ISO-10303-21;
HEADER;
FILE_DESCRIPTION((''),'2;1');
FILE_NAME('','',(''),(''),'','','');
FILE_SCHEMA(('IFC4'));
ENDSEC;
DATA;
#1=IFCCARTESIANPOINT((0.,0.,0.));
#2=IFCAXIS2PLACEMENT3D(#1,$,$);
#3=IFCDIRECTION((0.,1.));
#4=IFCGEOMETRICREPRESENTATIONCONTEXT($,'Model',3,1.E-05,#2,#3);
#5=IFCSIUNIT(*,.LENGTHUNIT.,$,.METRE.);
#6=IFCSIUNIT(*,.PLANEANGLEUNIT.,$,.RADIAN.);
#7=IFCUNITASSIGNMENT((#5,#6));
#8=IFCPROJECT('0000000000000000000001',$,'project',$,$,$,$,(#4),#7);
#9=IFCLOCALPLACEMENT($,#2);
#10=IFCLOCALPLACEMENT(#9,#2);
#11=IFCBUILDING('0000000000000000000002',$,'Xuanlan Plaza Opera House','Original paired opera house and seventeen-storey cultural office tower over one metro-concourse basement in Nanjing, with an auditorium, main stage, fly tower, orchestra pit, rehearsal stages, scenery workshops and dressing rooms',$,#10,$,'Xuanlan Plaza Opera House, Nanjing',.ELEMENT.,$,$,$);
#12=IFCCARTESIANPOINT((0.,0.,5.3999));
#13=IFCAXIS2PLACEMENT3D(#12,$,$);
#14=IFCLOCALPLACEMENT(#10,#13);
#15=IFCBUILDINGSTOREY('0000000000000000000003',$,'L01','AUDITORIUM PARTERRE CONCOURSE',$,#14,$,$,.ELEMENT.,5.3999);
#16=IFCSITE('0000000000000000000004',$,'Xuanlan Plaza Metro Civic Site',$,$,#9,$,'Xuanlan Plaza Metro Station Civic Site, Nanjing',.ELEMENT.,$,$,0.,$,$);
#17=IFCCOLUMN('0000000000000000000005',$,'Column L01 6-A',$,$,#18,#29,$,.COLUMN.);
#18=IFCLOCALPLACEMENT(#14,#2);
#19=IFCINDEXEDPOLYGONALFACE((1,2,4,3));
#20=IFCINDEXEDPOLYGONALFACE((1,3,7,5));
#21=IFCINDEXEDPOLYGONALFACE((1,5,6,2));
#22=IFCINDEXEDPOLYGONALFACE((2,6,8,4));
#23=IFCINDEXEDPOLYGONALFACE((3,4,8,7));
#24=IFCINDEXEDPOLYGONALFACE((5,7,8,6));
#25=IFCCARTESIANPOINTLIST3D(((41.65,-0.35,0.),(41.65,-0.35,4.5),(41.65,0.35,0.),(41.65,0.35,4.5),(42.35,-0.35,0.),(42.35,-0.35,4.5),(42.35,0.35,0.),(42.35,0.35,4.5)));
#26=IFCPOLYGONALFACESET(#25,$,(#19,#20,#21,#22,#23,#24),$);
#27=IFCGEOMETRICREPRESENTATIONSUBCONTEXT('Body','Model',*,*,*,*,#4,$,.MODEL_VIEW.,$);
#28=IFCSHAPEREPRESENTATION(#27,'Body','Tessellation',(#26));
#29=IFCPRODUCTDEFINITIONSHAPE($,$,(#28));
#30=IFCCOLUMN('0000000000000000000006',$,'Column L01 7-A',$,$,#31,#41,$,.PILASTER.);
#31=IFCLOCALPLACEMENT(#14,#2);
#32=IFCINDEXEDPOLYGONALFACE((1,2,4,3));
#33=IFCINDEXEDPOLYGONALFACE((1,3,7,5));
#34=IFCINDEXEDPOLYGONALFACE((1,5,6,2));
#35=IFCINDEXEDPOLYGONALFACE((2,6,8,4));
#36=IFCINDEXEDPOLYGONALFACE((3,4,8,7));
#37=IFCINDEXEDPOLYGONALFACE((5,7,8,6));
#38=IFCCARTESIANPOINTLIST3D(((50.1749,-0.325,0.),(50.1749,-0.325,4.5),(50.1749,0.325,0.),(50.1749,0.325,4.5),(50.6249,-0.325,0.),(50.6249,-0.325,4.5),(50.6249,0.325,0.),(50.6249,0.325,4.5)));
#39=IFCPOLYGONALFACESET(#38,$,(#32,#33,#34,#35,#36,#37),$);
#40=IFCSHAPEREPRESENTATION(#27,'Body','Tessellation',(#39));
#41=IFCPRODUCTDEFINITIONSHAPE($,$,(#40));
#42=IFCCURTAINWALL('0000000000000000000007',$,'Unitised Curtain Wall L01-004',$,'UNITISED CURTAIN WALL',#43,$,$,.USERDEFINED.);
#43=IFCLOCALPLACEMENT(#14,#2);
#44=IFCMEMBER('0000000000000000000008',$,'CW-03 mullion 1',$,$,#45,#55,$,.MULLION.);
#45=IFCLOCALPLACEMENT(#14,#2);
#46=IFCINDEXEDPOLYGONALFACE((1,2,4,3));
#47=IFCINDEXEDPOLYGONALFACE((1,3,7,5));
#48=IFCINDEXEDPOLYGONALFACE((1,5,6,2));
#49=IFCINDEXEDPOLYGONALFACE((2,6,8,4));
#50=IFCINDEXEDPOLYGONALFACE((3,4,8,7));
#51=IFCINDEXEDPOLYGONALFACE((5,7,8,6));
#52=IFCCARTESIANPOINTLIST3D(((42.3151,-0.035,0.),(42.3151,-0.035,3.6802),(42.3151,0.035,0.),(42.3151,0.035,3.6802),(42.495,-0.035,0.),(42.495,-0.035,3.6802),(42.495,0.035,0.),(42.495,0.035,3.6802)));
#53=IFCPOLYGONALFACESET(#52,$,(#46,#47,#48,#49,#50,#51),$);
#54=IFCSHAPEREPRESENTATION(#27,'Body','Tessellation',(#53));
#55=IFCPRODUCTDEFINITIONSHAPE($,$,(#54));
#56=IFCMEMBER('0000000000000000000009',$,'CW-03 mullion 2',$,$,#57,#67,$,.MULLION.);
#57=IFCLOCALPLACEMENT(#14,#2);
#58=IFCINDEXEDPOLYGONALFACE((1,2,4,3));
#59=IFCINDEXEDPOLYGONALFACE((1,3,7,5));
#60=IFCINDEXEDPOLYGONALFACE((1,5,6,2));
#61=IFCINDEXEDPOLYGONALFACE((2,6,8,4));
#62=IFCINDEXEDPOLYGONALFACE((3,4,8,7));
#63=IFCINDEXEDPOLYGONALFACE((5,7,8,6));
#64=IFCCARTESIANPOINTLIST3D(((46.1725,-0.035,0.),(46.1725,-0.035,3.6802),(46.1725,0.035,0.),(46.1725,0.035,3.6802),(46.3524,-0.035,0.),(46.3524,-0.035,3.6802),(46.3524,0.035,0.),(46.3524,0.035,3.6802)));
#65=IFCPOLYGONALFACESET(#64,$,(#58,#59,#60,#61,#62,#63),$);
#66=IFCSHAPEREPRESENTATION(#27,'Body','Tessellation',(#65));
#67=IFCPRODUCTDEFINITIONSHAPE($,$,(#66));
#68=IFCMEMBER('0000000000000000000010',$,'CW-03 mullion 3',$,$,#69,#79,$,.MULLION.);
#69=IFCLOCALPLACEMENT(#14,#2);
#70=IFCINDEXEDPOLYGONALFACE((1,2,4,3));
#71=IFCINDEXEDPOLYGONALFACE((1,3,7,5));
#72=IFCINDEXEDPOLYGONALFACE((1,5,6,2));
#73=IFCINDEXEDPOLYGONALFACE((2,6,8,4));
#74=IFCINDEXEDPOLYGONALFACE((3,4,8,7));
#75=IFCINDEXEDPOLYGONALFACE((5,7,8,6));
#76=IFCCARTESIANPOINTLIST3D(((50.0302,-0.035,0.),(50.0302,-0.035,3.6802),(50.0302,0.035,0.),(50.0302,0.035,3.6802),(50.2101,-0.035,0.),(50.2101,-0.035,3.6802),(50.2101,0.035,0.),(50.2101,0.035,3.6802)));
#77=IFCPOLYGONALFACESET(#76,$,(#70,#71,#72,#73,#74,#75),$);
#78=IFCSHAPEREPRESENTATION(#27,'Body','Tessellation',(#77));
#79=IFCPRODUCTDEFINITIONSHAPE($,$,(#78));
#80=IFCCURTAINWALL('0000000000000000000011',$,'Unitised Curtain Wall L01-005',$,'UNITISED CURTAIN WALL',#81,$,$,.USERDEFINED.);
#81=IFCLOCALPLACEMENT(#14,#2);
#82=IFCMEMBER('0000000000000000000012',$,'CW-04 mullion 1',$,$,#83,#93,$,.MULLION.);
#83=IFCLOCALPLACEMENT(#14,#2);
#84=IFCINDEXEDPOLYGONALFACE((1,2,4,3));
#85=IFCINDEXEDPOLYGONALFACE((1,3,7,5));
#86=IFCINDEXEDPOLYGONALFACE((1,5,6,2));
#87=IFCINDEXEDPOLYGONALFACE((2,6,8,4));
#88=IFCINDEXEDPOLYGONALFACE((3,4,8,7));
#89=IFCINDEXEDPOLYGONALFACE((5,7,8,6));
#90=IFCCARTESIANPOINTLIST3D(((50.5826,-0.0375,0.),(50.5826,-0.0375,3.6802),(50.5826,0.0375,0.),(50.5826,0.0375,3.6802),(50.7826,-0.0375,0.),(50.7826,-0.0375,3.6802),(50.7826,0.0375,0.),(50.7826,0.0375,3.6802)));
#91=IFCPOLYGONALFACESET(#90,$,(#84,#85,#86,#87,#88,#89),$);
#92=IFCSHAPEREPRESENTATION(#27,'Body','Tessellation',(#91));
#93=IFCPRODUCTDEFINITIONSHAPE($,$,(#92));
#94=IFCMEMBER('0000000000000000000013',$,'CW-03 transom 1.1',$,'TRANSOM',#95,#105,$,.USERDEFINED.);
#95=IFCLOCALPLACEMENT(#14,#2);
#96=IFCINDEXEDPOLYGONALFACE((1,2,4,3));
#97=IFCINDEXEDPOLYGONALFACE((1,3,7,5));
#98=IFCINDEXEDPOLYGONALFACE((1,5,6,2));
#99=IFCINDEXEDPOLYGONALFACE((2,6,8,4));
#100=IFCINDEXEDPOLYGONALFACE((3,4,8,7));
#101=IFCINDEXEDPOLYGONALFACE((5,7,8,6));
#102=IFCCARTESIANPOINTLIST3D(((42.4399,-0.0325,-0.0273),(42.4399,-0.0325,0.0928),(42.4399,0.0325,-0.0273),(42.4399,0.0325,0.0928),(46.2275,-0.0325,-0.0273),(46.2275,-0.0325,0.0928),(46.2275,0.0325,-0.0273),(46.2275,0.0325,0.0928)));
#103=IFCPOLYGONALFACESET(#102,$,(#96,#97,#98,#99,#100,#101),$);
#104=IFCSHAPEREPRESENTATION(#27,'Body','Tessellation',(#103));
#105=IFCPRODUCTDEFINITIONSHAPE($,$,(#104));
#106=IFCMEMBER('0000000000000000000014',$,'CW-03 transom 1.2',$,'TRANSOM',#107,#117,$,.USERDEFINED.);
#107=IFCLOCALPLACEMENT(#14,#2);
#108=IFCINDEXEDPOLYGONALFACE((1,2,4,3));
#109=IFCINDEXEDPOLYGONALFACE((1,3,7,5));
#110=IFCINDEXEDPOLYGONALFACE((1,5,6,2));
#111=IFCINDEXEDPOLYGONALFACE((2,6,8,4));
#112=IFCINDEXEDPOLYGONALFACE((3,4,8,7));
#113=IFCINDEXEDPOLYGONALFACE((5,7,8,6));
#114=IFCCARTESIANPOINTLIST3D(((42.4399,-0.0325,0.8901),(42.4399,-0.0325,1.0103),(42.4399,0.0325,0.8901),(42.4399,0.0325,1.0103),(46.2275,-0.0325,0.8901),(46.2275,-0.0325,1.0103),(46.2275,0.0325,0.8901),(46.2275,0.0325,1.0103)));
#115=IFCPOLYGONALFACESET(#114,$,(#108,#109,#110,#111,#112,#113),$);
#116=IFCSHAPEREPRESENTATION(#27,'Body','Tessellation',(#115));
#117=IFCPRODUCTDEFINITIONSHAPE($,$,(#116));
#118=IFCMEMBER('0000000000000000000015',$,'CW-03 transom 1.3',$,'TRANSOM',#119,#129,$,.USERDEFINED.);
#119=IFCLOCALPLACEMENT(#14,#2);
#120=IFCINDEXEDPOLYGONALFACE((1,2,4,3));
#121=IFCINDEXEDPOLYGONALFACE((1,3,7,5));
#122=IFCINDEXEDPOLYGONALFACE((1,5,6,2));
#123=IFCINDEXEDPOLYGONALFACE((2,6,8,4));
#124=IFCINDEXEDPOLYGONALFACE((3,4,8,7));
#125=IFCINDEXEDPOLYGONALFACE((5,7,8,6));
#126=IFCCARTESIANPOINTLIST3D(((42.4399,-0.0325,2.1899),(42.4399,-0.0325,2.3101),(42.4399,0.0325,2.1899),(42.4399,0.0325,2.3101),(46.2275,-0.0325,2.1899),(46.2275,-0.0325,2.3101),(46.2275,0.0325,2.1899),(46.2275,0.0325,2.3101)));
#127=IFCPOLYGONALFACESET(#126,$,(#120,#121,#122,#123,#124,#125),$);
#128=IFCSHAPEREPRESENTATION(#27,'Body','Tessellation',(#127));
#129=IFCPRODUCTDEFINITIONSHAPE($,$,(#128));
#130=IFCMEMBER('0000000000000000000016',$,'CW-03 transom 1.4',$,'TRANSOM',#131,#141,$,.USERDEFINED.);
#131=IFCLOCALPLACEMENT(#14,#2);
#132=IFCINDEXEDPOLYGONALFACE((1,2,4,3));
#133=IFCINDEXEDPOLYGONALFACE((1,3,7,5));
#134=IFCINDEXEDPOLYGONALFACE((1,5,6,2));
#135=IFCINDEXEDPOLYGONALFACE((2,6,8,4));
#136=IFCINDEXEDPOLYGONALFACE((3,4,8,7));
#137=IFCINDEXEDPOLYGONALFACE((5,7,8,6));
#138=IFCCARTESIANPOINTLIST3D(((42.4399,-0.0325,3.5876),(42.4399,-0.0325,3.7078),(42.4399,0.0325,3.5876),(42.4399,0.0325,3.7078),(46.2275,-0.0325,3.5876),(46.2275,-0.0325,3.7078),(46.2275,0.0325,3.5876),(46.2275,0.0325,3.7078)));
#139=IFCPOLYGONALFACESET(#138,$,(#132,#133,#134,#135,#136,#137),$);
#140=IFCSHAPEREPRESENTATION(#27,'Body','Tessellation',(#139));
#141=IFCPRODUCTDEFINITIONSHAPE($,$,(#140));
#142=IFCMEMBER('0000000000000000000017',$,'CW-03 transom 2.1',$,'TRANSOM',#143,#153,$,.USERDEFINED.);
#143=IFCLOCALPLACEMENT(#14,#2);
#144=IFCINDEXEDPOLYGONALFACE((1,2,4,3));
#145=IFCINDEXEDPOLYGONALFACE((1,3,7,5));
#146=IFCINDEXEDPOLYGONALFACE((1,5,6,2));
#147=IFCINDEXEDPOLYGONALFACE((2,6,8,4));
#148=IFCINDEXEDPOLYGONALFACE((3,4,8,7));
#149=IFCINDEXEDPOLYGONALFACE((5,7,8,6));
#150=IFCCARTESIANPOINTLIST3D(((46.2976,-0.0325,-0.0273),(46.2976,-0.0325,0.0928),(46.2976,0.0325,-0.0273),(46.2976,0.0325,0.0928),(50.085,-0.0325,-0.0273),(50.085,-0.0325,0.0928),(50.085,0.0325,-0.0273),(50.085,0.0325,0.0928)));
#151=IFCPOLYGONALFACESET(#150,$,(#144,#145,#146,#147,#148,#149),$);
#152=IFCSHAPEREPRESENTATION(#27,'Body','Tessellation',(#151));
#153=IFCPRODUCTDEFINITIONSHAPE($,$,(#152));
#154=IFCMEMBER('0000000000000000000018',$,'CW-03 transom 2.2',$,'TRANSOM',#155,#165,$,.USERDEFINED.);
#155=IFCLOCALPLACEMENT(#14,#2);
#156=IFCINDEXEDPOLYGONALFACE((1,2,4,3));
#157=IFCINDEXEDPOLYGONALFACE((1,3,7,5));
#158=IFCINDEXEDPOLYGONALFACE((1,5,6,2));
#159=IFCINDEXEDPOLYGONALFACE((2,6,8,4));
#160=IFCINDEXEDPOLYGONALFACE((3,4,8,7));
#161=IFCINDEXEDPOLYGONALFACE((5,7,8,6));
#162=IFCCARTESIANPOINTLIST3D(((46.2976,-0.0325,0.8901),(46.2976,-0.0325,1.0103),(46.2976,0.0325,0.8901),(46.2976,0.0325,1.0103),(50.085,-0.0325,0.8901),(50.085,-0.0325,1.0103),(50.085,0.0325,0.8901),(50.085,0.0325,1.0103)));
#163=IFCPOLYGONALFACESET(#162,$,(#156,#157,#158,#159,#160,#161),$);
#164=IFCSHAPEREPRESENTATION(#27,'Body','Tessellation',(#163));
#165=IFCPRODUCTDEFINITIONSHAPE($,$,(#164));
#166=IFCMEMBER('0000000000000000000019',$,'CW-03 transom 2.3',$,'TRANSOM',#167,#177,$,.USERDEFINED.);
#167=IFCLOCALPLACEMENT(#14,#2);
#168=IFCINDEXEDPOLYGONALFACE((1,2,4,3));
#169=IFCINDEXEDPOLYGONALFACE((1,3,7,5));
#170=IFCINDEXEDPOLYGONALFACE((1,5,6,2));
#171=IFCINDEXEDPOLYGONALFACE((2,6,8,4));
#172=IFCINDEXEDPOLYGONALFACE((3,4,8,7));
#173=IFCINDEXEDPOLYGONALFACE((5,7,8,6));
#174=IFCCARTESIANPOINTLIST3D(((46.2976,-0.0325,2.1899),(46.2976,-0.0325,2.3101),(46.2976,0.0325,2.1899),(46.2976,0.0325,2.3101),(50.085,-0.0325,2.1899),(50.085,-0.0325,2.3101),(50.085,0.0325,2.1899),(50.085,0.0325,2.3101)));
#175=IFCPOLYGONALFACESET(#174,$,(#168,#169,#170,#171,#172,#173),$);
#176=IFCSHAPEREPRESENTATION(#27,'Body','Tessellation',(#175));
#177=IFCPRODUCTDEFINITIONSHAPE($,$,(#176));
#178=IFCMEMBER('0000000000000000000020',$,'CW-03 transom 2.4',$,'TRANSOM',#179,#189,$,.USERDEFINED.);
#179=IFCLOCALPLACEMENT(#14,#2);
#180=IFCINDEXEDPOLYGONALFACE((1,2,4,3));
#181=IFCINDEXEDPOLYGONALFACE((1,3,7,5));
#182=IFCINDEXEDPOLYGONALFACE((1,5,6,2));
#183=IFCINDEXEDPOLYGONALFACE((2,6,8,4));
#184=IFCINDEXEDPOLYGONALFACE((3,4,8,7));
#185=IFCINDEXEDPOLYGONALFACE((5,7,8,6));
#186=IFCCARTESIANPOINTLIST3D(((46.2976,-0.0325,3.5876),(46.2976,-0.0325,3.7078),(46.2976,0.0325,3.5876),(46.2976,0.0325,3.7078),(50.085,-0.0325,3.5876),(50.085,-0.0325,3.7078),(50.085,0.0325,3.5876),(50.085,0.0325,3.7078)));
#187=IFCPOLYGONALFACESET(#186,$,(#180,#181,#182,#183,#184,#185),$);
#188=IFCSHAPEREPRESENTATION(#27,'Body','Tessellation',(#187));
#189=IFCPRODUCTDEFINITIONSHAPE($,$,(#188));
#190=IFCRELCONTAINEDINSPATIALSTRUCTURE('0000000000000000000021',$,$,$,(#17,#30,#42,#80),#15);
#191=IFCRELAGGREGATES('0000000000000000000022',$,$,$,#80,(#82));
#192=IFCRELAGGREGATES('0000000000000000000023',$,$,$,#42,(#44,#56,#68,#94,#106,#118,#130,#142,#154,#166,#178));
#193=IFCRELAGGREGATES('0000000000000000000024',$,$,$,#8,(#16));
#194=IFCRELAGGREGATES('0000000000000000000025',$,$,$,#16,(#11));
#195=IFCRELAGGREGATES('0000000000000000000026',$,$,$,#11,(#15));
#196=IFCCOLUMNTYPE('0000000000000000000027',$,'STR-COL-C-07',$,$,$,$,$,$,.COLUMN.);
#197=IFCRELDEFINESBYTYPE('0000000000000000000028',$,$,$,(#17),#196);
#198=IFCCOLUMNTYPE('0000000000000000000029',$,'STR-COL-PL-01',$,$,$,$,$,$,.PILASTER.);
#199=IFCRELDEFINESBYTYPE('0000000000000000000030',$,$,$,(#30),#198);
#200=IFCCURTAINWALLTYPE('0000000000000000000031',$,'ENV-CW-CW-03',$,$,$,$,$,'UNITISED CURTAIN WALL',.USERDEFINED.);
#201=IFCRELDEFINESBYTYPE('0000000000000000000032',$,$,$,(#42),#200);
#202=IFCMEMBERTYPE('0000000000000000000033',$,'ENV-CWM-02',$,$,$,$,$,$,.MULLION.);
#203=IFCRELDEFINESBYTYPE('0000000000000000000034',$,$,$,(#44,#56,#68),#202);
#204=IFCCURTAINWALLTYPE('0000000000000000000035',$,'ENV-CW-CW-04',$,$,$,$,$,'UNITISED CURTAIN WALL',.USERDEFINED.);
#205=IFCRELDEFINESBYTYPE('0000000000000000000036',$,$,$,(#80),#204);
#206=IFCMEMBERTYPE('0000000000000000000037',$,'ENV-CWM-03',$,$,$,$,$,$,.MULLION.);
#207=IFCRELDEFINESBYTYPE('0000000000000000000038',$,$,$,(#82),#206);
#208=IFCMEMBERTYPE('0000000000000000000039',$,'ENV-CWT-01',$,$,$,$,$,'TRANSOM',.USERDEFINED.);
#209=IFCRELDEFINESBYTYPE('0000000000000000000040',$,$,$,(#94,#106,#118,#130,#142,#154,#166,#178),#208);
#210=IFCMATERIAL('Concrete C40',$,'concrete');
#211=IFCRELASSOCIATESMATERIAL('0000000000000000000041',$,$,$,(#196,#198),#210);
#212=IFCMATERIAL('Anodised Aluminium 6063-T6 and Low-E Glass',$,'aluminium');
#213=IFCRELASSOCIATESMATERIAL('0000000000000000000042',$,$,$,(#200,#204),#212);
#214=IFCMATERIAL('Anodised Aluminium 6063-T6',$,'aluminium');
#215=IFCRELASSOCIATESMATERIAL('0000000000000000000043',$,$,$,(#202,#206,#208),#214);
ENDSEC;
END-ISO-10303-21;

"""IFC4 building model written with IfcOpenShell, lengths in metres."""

from ifc_helpers import new_model, si_unit, direction, frame, origin, origin_2d, place, context, subcontext, project, spatial, rectangle, extrude, material, material_profile, profile_set, type_object, element, aggregate, save


model = new_model("IFC4")

# Units and contexts
model_context = context("Model", 3, precision=1e-05, world=origin(), true_north=direction((0.0, 1.0)))
body_context = subcontext(model_context, "Body", "Model", "MODEL_VIEW")
ifc_project = project(units=[si_unit("LENGTHUNIT", "METRE"), si_unit("PLANEANGLEUNIT", "RADIAN")], contexts=[model_context])

# Site, building, storey
site_placement = place(None, origin())
site = spatial("IfcSite", under=ifc_project, at=site_placement, Name="Xuanlan Plaza Metro Civic Site", LongName="Xuanlan Plaza Metro Station Civic Site, Nanjing", CompositionType="ELEMENT", RefElevation=0.0)
building_placement = place(site_placement, origin())
building = spatial("IfcBuilding", under=site, at=building_placement, Name="Xuanlan Plaza Opera House", Description="Original paired opera house and seventeen-storey cultural office tower over one metro-concourse basement in Nanjing, with an auditorium, main stage, fly tower, orchestra pit, rehearsal stages, scenery workshops and dressing rooms", LongName="Xuanlan Plaza Opera House, Nanjing", CompositionType="ELEMENT")
storey_placement = place(building_placement, frame((0.0, 0.0, 5.3999)))
storey = spatial("IfcBuildingStorey", under=building, at=storey_placement, Name="L01", Description="AUDITORIUM PARTERRE CONCOURSE", CompositionType="ELEMENT", Elevation=5.3999)

# Columns
ifc_material_1 = material(Name="Concrete C40", Category="concrete")
ifc_material_profile_1 = material_profile(ifc_material_1, rectangle(XDim=0.7, YDim=0.7, at=origin_2d()), Name="RC-COL 700x700")
ifc_profile_set_1 = profile_set([ifc_material_profile_1], Name="Concrete C40")
column_type_1 = type_object("IfcColumnType", Name="STR-COL-C-07", PredefinedType="COLUMN", material=ifc_profile_set_1)
column_1_placement = place(storey_placement, frame((42.0, 0.0, 0.0), z_axis=(0.0, 0.0, 1.0), x_axis=(1.0, 0.0, 0.0)))
element("IfcColumn", 1, at=column_1_placement, inside=storey, type_object=column_type_1, Name="Column L01 6-A", PredefinedType="COLUMN", context=body_context, shape_type="SweptSolid", body=[
    extrude(rectangle(XDim=0.7, YDim=0.7, at=origin_2d()), origin(), (0.0, 0.0, 1.0), 4.5),
])
ifc_material_profile_2 = material_profile(ifc_material_1, rectangle(XDim=0.45, YDim=0.6499, at=origin_2d()), Name="RC-PIL 450x650")
ifc_profile_set_2 = profile_set([ifc_material_profile_2], Name="Concrete C40")
column_type_2 = type_object("IfcColumnType", Name="STR-COL-PL-01", PredefinedType="PILASTER", material=ifc_profile_set_2)
column_2_placement = place(storey_placement, frame((50.3999, 0.0, 0.0), z_axis=(0.0, 0.0, 1.0), x_axis=(1.0, 0.0, 0.0)))
element("IfcColumn", 2, at=column_2_placement, inside=storey, type_object=column_type_2, Name="Column L01 7-A", PredefinedType="PILASTER", context=body_context, shape_type="SweptSolid", body=[
    extrude(rectangle(XDim=0.45, YDim=0.6499, at=origin_2d()), origin(), (0.0, 0.0, 1.0), 4.5),
])

# Curtain wall, members
ifc_material_2 = material(Name="Anodised Aluminium 6063-T6 and Low-E Glass", Category="aluminium")
curtain_wall_type_1 = type_object("IfcCurtainWallType", Name="ENV-CW-CW-03", ElementType="UNITISED CURTAIN WALL", PredefinedType="USERDEFINED", material=ifc_material_2)
curtain_wall_1_placement = place(storey_placement, origin())
curtain_wall_1 = element("IfcCurtainWall", 3, at=curtain_wall_1_placement, inside=storey, type_object=curtain_wall_type_1, Name="Unitised Curtain Wall L01-004", ObjectType="UNITISED CURTAIN WALL", PredefinedType="USERDEFINED")
ifc_material_3 = material(Name="Anodised Aluminium 6063-T6", Category="aluminium")
ifc_material_profile_3 = material_profile(ifc_material_3, rectangle(XDim=0.0701, YDim=0.1799, at=origin_2d()), Name="ALU-M 70x180")
ifc_profile_set_3 = profile_set([ifc_material_profile_3], Name="Anodised Aluminium 6063-T6")
member_type_1 = type_object("IfcMemberType", Name="ENV-CWM-02", PredefinedType="MULLION", material=ifc_profile_set_3)
member_1_placement = place(storey_placement, frame((42.405, 0.0, 0.0), z_axis=(0.0, 0.0, 1.0), x_axis=(0.0, 1.0, 0.0)))
member_1 = element("IfcMember", 4, at=member_1_placement, type_object=member_type_1, Name="CW-03 mullion 1", PredefinedType="MULLION", context=body_context, shape_type="SweptSolid", body=[
    extrude(rectangle(XDim=0.0701, YDim=0.1799, at=origin_2d()), origin(), (0.0, 0.0, 1.0), 3.6802),
])
member_2_placement = place(storey_placement, frame((46.2625, 0.0, 0.0), z_axis=(0.0, 0.0, 1.0), x_axis=(0.0, 1.0, 0.0)))
member_2 = element("IfcMember", 5, at=member_2_placement, type_object=member_type_1, Name="CW-03 mullion 2", PredefinedType="MULLION", context=body_context, shape_type="SweptSolid", body=[
    extrude(rectangle(XDim=0.0701, YDim=0.1799, at=origin_2d()), origin(), (0.0, 0.0, 1.0), 3.6802),
])
member_3_placement = place(storey_placement, frame((50.1201, 0.0, 0.0), z_axis=(0.0, 0.0, 1.0), x_axis=(0.0, 1.0, 0.0)))
member_3 = element("IfcMember", 6, at=member_3_placement, type_object=member_type_1, Name="CW-03 mullion 3", PredefinedType="MULLION", context=body_context, shape_type="SweptSolid", body=[
    extrude(rectangle(XDim=0.0701, YDim=0.1799, at=origin_2d()), origin(), (0.0, 0.0, 1.0), 3.6802),
])

# Curtain wall, member
curtain_wall_type_2 = type_object("IfcCurtainWallType", Name="ENV-CW-CW-04", ElementType="UNITISED CURTAIN WALL", PredefinedType="USERDEFINED", material=ifc_material_2)
curtain_wall_2_placement = place(storey_placement, origin())
curtain_wall_2 = element("IfcCurtainWall", 7, at=curtain_wall_2_placement, inside=storey, type_object=curtain_wall_type_2, Name="Unitised Curtain Wall L01-005", ObjectType="UNITISED CURTAIN WALL", PredefinedType="USERDEFINED")
ifc_material_profile_4 = material_profile(ifc_material_3, rectangle(XDim=0.075, YDim=0.2, at=origin_2d()), Name="ALU-M 75x200")
ifc_profile_set_4 = profile_set([ifc_material_profile_4], Name="Anodised Aluminium 6063-T6")
member_type_2 = type_object("IfcMemberType", Name="ENV-CWM-03", PredefinedType="MULLION", material=ifc_profile_set_4)
member_4_placement = place(storey_placement, frame((50.6826, 0.0, 0.0), z_axis=(0.0, 0.0, 1.0), x_axis=(0.0, 1.0, 0.0)))
member_4 = element("IfcMember", 8, at=member_4_placement, type_object=member_type_2, Name="CW-04 mullion 1", PredefinedType="MULLION", context=body_context, shape_type="SweptSolid", body=[
    extrude(rectangle(XDim=0.075, YDim=0.2, at=origin_2d()), origin(), (0.0, 0.0, 1.0), 3.6802),
])

# Members
ifc_material_profile_5 = material_profile(ifc_material_3, rectangle(XDim=0.0649, YDim=0.1201, at=origin_2d()), Name="ALU-T 65x120")
ifc_profile_set_5 = profile_set([ifc_material_profile_5], Name="Anodised Aluminium 6063-T6")
member_type_3 = type_object("IfcMemberType", Name="ENV-CWT-01", ElementType="TRANSOM", PredefinedType="USERDEFINED", material=ifc_profile_set_5)
member_5_placement = place(storey_placement, frame((42.4399, 0.0, 0.0327), z_axis=(1.0, 0.0, 0.0), x_axis=(0.0, 1.0, 0.0)))
member_5 = element("IfcMember", 9, at=member_5_placement, type_object=member_type_3, Name="CW-03 transom 1.1", ObjectType="TRANSOM", PredefinedType="USERDEFINED", context=body_context, shape_type="SweptSolid", body=[
    extrude(rectangle(XDim=0.0649, YDim=0.1201, at=origin_2d()), origin(), (0.0, 0.0, 1.0), 3.7876),
])
member_6_placement = place(storey_placement, frame((42.4399, 0.0, 0.9502), z_axis=(1.0, 0.0, 0.0), x_axis=(0.0, 1.0, 0.0)))
member_6 = element("IfcMember", 10, at=member_6_placement, type_object=member_type_3, Name="CW-03 transom 1.2", ObjectType="TRANSOM", PredefinedType="USERDEFINED", context=body_context, shape_type="SweptSolid", body=[
    extrude(rectangle(XDim=0.0649, YDim=0.1201, at=origin_2d()), origin(), (0.0, 0.0, 1.0), 3.7876),
])
member_7_placement = place(storey_placement, frame((42.4399, 0.0, 2.25), z_axis=(1.0, 0.0, 0.0), x_axis=(0.0, 1.0, 0.0)))
member_7 = element("IfcMember", 11, at=member_7_placement, type_object=member_type_3, Name="CW-03 transom 1.3", ObjectType="TRANSOM", PredefinedType="USERDEFINED", context=body_context, shape_type="SweptSolid", body=[
    extrude(rectangle(XDim=0.0649, YDim=0.1201, at=origin_2d()), origin(), (0.0, 0.0, 1.0), 3.7876),
])
member_8_placement = place(storey_placement, frame((42.4399, 0.0, 3.6477), z_axis=(1.0, 0.0, 0.0), x_axis=(0.0, 1.0, 0.0)))
member_8 = element("IfcMember", 12, at=member_8_placement, type_object=member_type_3, Name="CW-03 transom 1.4", ObjectType="TRANSOM", PredefinedType="USERDEFINED", context=body_context, shape_type="SweptSolid", body=[
    extrude(rectangle(XDim=0.0649, YDim=0.1201, at=origin_2d()), origin(), (0.0, 0.0, 1.0), 3.7876),
])
member_9_placement = place(storey_placement, frame((46.2976, 0.0, 0.0327), z_axis=(1.0, 0.0, 0.0), x_axis=(0.0, 1.0, 0.0)))
member_9 = element("IfcMember", 13, at=member_9_placement, type_object=member_type_3, Name="CW-03 transom 2.1", ObjectType="TRANSOM", PredefinedType="USERDEFINED", context=body_context, shape_type="SweptSolid", body=[
    extrude(rectangle(XDim=0.0649, YDim=0.1201, at=origin_2d()), origin(), (0.0, 0.0, 1.0), 3.7874),
])
member_10_placement = place(storey_placement, frame((46.2976, 0.0, 0.9502), z_axis=(1.0, 0.0, 0.0), x_axis=(0.0, 1.0, 0.0)))
member_10 = element("IfcMember", 14, at=member_10_placement, type_object=member_type_3, Name="CW-03 transom 2.2", ObjectType="TRANSOM", PredefinedType="USERDEFINED", context=body_context, shape_type="SweptSolid", body=[
    extrude(rectangle(XDim=0.0649, YDim=0.1201, at=origin_2d()), origin(), (0.0, 0.0, 1.0), 3.7874),
])
member_11_placement = place(storey_placement, frame((46.2976, 0.0, 2.25), z_axis=(1.0, 0.0, 0.0), x_axis=(0.0, 1.0, 0.0)))
member_11 = element("IfcMember", 15, at=member_11_placement, type_object=member_type_3, Name="CW-03 transom 2.3", ObjectType="TRANSOM", PredefinedType="USERDEFINED", context=body_context, shape_type="SweptSolid", body=[
    extrude(rectangle(XDim=0.0649, YDim=0.1201, at=origin_2d()), origin(), (0.0, 0.0, 1.0), 3.7874),
])
member_12_placement = place(storey_placement, frame((46.2976, 0.0, 3.6477), z_axis=(1.0, 0.0, 0.0), x_axis=(0.0, 1.0, 0.0)))
member_12 = element("IfcMember", 16, at=member_12_placement, type_object=member_type_3, Name="CW-03 transom 2.4", ObjectType="TRANSOM", PredefinedType="USERDEFINED", context=body_context, shape_type="SweptSolid", body=[
    extrude(rectangle(XDim=0.0649, YDim=0.1201, at=origin_2d()), origin(), (0.0, 0.0, 1.0), 3.7874),
])

aggregate(curtain_wall_2, [member_4])
aggregate(curtain_wall_1, [member_1, member_2, member_3, member_5, member_6, member_7, member_8, member_9, member_10, member_11, member_12])

save(model, "model.ifc")
